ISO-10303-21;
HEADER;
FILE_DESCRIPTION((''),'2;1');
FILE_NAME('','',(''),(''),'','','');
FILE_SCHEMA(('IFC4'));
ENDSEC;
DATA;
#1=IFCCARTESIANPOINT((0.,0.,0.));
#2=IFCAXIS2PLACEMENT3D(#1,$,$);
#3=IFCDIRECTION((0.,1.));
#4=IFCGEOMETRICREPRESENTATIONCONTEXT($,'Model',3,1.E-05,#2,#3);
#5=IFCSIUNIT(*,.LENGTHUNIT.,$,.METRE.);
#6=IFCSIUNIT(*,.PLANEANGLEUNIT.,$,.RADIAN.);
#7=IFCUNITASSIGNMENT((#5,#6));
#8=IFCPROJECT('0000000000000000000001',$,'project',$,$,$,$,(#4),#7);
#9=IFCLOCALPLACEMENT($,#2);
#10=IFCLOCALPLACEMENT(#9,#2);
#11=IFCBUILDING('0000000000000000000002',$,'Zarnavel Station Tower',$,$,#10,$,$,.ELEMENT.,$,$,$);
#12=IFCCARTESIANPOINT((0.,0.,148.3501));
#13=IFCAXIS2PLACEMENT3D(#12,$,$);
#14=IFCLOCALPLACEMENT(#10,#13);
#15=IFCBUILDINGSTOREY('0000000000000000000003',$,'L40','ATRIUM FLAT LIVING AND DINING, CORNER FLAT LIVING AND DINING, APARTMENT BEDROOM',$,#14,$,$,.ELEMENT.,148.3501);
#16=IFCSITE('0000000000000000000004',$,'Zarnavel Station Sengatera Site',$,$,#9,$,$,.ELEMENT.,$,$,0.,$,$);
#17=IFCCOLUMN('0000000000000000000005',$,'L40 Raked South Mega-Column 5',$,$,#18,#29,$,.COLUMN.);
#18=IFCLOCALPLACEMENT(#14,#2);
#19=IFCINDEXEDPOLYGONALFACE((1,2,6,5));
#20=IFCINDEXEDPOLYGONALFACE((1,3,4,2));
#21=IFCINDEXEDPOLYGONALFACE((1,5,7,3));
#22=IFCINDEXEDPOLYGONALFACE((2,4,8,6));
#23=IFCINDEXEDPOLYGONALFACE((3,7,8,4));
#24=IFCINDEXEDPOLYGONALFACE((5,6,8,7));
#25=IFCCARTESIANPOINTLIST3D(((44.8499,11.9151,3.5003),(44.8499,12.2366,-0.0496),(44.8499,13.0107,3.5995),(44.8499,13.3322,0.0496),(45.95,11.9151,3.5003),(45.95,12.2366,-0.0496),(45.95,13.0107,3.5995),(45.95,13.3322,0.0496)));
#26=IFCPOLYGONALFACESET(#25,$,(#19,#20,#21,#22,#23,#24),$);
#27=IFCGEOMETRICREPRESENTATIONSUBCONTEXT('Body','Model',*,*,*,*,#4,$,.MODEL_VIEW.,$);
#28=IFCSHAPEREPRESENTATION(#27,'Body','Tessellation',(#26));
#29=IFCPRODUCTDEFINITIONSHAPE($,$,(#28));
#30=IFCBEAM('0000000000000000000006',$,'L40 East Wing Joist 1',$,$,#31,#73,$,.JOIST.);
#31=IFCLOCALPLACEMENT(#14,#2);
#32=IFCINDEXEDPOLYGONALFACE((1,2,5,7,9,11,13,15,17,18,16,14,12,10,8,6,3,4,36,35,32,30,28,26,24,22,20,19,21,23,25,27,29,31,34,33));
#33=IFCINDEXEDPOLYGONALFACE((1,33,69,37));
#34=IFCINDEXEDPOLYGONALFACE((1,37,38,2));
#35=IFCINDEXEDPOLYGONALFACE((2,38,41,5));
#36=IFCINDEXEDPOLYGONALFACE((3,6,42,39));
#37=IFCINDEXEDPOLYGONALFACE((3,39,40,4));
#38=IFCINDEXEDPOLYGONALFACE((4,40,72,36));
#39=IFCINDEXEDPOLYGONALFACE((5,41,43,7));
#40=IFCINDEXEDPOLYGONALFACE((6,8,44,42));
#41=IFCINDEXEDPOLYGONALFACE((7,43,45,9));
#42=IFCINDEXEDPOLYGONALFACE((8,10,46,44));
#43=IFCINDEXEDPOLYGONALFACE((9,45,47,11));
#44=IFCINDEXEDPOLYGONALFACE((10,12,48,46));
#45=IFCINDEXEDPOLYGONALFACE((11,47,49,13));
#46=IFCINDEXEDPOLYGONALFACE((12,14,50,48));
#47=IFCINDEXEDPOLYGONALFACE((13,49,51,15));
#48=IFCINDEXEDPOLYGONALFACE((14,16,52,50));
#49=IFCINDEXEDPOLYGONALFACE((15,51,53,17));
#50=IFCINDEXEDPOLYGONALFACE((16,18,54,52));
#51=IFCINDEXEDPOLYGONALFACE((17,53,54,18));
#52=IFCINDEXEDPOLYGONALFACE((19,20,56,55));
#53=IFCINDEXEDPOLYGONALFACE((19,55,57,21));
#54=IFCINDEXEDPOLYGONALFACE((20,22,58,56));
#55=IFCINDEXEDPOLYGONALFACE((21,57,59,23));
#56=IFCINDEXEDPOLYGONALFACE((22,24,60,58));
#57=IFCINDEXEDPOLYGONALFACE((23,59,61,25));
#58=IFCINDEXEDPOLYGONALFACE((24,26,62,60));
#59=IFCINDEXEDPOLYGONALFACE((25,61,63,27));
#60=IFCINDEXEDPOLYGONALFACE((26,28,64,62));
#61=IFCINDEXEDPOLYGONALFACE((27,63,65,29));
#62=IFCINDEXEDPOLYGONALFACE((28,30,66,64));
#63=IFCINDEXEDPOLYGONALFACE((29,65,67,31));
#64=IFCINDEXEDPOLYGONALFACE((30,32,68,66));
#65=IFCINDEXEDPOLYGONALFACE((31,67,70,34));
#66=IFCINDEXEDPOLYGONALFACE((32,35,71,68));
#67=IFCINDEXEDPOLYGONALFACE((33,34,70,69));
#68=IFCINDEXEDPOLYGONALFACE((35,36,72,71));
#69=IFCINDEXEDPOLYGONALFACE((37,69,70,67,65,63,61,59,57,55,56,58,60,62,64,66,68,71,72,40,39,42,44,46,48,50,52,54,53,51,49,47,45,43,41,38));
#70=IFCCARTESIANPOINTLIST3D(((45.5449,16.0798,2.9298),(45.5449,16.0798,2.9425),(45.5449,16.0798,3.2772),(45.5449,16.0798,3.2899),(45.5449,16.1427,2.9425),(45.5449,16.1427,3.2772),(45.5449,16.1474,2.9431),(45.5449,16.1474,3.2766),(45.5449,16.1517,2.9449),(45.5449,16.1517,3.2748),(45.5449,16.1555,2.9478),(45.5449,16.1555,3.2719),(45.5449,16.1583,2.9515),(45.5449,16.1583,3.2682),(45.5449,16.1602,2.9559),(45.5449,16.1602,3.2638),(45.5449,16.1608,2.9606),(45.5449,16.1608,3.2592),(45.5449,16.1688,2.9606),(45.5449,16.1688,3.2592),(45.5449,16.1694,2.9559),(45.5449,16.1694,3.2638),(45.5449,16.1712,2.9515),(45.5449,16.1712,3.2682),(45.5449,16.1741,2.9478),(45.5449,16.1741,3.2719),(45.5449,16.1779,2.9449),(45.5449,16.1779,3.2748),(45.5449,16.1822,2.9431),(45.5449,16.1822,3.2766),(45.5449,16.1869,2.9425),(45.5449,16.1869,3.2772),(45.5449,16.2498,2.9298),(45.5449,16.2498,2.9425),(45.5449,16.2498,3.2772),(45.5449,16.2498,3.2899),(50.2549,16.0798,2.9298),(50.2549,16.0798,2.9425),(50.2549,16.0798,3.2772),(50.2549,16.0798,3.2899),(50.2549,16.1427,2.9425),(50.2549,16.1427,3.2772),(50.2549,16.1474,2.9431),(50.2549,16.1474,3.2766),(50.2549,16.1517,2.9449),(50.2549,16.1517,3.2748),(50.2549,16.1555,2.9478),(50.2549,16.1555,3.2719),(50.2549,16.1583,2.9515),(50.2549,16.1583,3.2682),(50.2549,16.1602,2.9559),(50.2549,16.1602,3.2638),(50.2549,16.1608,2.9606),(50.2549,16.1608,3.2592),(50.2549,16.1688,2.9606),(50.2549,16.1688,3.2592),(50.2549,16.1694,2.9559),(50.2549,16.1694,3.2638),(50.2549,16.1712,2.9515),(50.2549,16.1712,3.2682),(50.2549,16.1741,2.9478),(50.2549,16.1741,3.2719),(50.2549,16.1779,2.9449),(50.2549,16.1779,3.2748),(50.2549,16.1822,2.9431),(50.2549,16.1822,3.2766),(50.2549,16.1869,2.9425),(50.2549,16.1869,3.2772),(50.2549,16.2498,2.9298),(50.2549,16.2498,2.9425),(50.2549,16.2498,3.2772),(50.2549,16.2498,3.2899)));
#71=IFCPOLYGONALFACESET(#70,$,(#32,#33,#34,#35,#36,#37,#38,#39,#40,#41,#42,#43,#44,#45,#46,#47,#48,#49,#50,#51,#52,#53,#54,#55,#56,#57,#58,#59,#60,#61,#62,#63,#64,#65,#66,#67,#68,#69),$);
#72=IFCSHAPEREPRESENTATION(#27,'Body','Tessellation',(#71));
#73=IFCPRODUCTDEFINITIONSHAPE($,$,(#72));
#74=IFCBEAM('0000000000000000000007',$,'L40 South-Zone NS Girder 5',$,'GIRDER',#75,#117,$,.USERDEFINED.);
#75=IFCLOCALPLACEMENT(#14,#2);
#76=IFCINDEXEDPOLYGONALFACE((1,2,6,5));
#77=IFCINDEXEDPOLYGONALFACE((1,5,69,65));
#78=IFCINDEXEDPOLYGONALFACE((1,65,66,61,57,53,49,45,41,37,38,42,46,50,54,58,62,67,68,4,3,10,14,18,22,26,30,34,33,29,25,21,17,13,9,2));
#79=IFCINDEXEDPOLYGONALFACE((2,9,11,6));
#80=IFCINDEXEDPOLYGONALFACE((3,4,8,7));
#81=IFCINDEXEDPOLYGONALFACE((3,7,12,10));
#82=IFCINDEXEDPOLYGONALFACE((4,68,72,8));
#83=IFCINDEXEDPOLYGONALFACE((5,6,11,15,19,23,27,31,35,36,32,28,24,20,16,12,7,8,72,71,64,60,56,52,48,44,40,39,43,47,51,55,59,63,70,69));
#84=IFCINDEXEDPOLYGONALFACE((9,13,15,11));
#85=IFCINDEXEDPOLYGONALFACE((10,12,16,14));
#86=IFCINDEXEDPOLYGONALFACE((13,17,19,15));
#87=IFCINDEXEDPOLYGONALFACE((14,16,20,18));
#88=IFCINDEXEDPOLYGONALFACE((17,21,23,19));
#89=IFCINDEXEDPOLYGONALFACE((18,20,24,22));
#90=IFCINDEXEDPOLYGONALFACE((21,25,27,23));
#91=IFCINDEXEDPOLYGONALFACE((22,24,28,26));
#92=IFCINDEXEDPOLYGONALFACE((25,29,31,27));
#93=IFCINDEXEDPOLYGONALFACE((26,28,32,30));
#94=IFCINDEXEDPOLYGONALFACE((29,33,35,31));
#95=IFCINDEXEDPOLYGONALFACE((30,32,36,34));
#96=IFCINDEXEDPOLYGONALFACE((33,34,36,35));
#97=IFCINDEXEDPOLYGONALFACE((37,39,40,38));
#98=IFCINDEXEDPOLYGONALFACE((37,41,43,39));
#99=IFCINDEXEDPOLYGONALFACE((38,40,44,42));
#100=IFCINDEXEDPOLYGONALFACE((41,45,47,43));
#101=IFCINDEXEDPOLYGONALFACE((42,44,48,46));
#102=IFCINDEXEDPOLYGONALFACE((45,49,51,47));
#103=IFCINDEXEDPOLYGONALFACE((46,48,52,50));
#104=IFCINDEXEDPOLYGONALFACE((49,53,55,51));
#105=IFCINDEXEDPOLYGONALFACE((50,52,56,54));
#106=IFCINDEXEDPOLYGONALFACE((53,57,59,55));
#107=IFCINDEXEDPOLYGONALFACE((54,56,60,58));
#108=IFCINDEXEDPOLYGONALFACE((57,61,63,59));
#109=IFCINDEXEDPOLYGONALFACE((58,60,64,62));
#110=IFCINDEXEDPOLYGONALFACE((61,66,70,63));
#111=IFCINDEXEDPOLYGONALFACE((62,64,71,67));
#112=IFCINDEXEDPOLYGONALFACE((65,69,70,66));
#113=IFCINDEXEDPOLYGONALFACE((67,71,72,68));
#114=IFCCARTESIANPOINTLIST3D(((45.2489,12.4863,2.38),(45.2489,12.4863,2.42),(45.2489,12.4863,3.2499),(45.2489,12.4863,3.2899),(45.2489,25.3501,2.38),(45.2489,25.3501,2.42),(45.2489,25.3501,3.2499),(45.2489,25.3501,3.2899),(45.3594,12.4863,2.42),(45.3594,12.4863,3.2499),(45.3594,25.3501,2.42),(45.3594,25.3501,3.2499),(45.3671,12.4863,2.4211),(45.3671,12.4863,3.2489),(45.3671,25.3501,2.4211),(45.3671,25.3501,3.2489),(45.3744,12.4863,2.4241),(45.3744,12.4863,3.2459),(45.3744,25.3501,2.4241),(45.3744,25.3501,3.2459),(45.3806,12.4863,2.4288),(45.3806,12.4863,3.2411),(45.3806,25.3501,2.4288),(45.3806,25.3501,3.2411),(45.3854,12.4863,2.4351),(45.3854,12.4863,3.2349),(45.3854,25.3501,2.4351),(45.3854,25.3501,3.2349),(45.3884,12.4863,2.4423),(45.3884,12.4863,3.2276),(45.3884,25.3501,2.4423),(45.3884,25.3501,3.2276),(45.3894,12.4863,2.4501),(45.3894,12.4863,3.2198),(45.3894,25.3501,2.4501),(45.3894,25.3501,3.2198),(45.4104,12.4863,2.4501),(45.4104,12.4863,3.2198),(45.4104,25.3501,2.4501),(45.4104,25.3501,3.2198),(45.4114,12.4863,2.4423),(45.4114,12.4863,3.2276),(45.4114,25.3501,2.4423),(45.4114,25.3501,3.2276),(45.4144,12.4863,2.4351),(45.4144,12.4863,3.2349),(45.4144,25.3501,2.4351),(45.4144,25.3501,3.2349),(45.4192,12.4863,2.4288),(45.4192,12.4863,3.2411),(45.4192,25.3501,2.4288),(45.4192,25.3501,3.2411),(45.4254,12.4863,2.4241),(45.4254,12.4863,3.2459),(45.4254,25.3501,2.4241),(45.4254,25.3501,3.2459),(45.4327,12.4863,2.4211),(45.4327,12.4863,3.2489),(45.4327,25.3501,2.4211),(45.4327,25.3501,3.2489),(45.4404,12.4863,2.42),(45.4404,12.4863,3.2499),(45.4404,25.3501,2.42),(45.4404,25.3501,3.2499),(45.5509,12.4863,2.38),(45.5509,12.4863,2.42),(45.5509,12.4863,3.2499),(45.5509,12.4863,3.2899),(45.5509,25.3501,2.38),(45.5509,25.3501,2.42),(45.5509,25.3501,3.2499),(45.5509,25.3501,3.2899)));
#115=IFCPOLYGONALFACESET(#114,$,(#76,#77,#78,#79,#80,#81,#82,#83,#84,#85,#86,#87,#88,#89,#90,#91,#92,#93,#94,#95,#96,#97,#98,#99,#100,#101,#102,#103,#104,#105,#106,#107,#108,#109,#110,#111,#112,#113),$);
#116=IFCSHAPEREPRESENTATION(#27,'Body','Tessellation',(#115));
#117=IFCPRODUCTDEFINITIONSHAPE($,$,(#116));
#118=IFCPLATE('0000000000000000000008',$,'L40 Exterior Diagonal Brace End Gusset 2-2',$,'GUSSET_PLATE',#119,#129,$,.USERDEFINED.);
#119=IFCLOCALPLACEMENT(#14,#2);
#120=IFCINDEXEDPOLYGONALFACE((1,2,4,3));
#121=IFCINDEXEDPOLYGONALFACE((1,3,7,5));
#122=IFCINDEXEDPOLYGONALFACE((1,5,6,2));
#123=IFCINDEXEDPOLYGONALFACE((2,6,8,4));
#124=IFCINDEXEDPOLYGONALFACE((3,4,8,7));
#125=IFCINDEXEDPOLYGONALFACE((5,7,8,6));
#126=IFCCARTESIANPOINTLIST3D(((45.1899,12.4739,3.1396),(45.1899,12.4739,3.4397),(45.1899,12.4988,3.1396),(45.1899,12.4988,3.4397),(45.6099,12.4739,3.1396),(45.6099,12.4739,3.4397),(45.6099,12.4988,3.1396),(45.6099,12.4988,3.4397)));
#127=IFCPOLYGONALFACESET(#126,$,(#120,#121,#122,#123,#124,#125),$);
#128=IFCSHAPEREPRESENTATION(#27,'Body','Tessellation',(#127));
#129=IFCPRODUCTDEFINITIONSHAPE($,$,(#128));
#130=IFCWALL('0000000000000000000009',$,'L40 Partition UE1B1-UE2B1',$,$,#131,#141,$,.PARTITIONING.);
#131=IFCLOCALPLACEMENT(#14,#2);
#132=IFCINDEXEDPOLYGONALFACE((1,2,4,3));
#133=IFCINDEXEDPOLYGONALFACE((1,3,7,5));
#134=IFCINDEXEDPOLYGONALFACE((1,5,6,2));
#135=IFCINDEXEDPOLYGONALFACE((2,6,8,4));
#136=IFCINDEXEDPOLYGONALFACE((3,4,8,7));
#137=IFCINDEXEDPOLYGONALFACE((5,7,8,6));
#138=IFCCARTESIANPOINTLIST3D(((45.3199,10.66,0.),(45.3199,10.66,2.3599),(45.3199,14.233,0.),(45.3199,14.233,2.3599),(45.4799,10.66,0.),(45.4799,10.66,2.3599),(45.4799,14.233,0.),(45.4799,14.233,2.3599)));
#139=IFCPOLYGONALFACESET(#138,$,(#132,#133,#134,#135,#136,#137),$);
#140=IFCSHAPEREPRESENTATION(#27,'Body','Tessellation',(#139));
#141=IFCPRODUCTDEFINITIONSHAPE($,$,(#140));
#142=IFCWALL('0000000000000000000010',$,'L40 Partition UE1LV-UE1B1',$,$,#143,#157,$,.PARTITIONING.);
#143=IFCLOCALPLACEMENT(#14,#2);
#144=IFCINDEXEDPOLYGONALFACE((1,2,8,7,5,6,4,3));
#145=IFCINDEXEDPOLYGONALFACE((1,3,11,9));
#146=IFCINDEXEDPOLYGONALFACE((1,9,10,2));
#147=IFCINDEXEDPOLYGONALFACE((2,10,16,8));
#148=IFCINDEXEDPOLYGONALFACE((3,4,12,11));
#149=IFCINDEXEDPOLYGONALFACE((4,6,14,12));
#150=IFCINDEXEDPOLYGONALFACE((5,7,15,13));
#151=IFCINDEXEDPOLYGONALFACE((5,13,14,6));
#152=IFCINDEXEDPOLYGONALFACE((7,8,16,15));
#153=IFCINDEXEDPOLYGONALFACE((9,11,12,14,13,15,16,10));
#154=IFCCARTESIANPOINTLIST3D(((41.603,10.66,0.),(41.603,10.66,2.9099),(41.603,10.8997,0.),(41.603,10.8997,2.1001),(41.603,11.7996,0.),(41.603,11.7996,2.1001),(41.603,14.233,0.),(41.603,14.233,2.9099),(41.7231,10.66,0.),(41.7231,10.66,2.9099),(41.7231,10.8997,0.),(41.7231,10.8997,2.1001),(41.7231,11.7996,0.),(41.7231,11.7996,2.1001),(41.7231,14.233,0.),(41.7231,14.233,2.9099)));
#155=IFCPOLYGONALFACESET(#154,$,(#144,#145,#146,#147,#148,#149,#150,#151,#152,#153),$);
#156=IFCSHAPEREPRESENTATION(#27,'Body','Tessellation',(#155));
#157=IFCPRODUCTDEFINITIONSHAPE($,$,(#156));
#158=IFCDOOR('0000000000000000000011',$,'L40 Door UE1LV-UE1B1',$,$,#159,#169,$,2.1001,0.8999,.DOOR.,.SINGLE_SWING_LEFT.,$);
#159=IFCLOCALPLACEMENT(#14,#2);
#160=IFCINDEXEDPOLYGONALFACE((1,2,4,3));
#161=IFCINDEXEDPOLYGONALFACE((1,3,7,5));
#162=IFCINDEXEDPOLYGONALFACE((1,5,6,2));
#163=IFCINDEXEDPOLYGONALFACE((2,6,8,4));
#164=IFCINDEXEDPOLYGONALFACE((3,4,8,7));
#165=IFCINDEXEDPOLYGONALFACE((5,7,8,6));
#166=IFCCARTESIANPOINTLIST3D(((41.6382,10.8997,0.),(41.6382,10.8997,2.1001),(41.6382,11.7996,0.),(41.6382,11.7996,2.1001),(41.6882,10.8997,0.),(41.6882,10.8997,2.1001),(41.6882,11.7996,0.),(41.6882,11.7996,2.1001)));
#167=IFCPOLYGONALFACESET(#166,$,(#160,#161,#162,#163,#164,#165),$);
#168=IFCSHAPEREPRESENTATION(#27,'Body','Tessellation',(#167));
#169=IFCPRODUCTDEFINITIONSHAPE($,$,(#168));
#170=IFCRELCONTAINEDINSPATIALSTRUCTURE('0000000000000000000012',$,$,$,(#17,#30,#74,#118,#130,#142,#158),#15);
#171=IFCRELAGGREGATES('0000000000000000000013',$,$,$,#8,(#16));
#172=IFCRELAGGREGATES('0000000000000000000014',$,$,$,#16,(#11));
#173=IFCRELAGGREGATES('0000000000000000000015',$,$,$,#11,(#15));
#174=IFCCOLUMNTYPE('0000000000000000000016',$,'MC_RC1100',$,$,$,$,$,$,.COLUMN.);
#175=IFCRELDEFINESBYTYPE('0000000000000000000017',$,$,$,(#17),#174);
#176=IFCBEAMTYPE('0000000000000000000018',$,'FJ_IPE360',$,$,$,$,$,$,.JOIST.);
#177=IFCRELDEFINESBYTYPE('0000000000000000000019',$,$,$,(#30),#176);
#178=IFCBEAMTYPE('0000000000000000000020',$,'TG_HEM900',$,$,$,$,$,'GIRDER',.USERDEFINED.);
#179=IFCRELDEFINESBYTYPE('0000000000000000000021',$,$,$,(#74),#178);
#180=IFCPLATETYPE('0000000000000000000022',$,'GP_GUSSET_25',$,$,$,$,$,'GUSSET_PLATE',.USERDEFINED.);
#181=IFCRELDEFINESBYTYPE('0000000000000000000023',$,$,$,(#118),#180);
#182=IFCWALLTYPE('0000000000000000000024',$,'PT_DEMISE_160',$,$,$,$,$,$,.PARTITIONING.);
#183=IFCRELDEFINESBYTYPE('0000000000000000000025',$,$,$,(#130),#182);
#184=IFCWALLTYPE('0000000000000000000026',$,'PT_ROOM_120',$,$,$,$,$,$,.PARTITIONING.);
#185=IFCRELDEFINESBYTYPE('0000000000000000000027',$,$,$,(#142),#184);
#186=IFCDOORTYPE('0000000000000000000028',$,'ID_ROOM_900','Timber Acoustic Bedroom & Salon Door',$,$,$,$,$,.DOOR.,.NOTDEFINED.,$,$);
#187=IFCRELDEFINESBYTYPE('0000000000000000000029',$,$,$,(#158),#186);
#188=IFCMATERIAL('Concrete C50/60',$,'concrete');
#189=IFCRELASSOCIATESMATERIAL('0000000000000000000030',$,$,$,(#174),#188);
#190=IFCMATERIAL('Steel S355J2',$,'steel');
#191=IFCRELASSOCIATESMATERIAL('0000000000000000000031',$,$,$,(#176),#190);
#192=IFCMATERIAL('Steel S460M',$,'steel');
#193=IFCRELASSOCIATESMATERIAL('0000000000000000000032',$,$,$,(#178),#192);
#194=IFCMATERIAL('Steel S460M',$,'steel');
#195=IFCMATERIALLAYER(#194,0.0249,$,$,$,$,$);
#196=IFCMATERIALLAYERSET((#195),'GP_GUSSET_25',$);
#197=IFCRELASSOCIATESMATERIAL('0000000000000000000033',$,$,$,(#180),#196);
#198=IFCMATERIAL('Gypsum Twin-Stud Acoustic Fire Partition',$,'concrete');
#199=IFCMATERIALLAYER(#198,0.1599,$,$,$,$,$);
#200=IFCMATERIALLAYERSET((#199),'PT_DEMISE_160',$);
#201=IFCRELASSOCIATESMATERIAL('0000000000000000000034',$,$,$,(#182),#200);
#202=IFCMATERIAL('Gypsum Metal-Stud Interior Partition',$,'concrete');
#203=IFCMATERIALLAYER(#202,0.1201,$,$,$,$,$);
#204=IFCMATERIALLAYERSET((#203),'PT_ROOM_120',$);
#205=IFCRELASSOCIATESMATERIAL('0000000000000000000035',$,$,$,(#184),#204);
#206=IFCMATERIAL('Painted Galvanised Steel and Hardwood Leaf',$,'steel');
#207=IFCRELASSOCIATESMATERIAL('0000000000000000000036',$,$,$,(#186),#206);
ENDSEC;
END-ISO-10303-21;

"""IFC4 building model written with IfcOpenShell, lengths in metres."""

from ifc_helpers import new_model, si_unit, direction, frame, frame_2d, origin, origin_2d, place, context, subcontext, project, spatial, rectangle, i_section, extrude, material, layer, layer_set, material_profile, profile_set, type_object, element, fill, save


model = new_model("IFC4")

# Units and contexts
model_context = context("Model", 3, precision=1e-05, world=origin(), true_north=direction((0.0, 1.0)))
body_context = subcontext(model_context, "Body", "Model", "MODEL_VIEW")
ifc_project = project(units=[si_unit("LENGTHUNIT", "METRE"), si_unit("PLANEANGLEUNIT", "RADIAN")], contexts=[model_context])

# Site, building, storey
site_placement = place(None, origin())
site = spatial("IfcSite", under=ifc_project, at=site_placement, Name="Zarnavel Station Sengatera Site", CompositionType="ELEMENT", RefElevation=0.0)
building_placement = place(site_placement, origin())
building = spatial("IfcBuilding", under=site, at=building_placement, Name="Zarnavel Station Tower", CompositionType="ELEMENT")
storey_placement = place(building_placement, frame((0.0, 0.0, 148.3501)))
storey = spatial("IfcBuildingStorey", under=building, at=storey_placement, Name="L40", Description="ATRIUM FLAT LIVING AND DINING, CORNER FLAT LIVING AND DINING, APARTMENT BEDROOM", CompositionType="ELEMENT", Elevation=148.3501)

# Column
ifc_material_1 = material(Name="Concrete C50/60", Category="concrete")
ifc_material_profile_1 = material_profile(ifc_material_1, rectangle(XDim=1.1001, YDim=1.1001, at=origin_2d()), Name="RC1100x1100")
ifc_profile_set_1 = profile_set([ifc_material_profile_1], Name="Concrete C50/60")
column_type = type_object("IfcColumnType", Name="MC_RC1100", PredefinedType="COLUMN", material=ifc_profile_set_1)
column_placement = place(storey_placement, frame((45.3999, 12.7844, 0.0), z_axis=(0.0, -0.090208, 0.995923), x_axis=(1.0, 0.0, 0.0)))
element("IfcColumn", 1, at=column_placement, inside=storey, type_object=column_type, Name="L40 Raked South Mega-Column 5", PredefinedType="COLUMN", context=body_context, shape_type="SweptSolid", body=[
    extrude(rectangle(XDim=1.1001, YDim=1.1001, at=origin_2d()), origin(), (0.0, 0.0, 1.0), 3.5645),
])

# Beams
ifc_material_2 = material(Name="Steel S355J2", Category="steel")
ifc_material_profile_2 = material_profile(ifc_material_2, i_section(OverallWidth=0.1699, OverallDepth=0.3601, WebThickness=0.0081, FlangeThickness=0.0127, FilletRadius=0.0181, at=origin_2d()), Name="IPE360")
ifc_profile_set_2 = profile_set([ifc_material_profile_2], Name="Steel S355J2")
beam_type_1 = type_object("IfcBeamType", Name="FJ_IPE360", PredefinedType="JOIST", material=ifc_profile_set_2)
beam_1_placement = place(storey_placement, frame((45.5449, 16.1648, 3.1099), z_axis=(1.0, 0.0, 0.0), x_axis=(0.0, 1.0, 0.0)))
element("IfcBeam", 2, at=beam_1_placement, inside=storey, type_object=beam_type_1, Name="L40 East Wing Joist 1", PredefinedType="JOIST", context=body_context, shape_type="SweptSolid", body=[
    extrude(i_section(OverallWidth=0.1699, OverallDepth=0.3601, WebThickness=0.0081, FlangeThickness=0.0127, FilletRadius=0.0181, at=origin_2d()), origin(), (0.0, 0.0, 1.0), 4.71),
])
ifc_material_3 = material(Name="Steel S460M", Category="steel")
ifc_material_profile_3 = material_profile(ifc_material_3, i_section(OverallWidth=0.302, OverallDepth=0.9099, WebThickness=0.021, FlangeThickness=0.04, FilletRadius=0.03, at=origin_2d()), Name="HEM900")
ifc_profile_set_3 = profile_set([ifc_material_profile_3], Name="Steel S460M")
beam_type_2 = type_object("IfcBeamType", Name="TG_HEM900", ElementType="GIRDER", PredefinedType="USERDEFINED", material=ifc_profile_set_3)
beam_2_placement = place(storey_placement, frame((45.3999, 12.4863, 2.835), z_axis=(0.0, 1.0, 0.0), x_axis=(-1.0, 0.0, 0.0)))
element("IfcBeam", 3, at=beam_2_placement, inside=storey, type_object=beam_type_2, Name="L40 South-Zone NS Girder 5", ObjectType="GIRDER", PredefinedType="USERDEFINED", context=body_context, shape_type="SweptSolid", body=[
    extrude(i_section(OverallWidth=0.302, OverallDepth=0.9099, WebThickness=0.021, FlangeThickness=0.04, FilletRadius=0.03, at=origin_2d()), origin(), (0.0, 0.0, 1.0), 12.8638),
])

# Plate
ifc_material_4 = material(Name="Steel S460M", Category="steel")
ifc_layer_1 = layer(ifc_material_4, 0.0249)
ifc_layer_set_1 = layer_set([ifc_layer_1], Name="GP_GUSSET_25")
plate_type = type_object("IfcPlateType", Name="GP_GUSSET_25", ElementType="GUSSET_PLATE", PredefinedType="USERDEFINED", material=ifc_layer_set_1)
plate_placement = place(storey_placement, frame((45.3999, 12.4863, 3.1396), z_axis=(0.0, 0.0, 1.0), x_axis=(1.0, 0.0, 0.0)))
element("IfcPlate", 4, at=plate_placement, inside=storey, type_object=plate_type, Name="L40 Exterior Diagonal Brace End Gusset 2-2", ObjectType="GUSSET_PLATE", PredefinedType="USERDEFINED", context=body_context, shape_type="SweptSolid", body=[
    extrude(rectangle(XDim=0.4199, YDim=0.0249, at=origin_2d()), origin(), (0.0, 0.0, 1.0), 0.3),
])

# Wall
ifc_material_5 = material(Name="Gypsum Twin-Stud Acoustic Fire Partition", Category="concrete")
ifc_layer_2 = layer(ifc_material_5, 0.1599)
ifc_layer_set_2 = layer_set([ifc_layer_2], Name="PT_DEMISE_160")
wall_type_1 = type_object("IfcWallType", Name="PT_DEMISE_160", PredefinedType="PARTITIONING", material=ifc_layer_set_2)
wall_1_placement = place(storey_placement, frame((45.3999, 10.6599, 0.0), z_axis=(0.0, 0.0, 1.0), x_axis=(0.0, 1.0, 0.0)))
element("IfcWall", 5, at=wall_1_placement, inside=storey, type_object=wall_type_1, Name="L40 Partition UE1B1-UE2B1", PredefinedType="PARTITIONING", context=body_context, shape_type="SweptSolid", body=[
    extrude(rectangle(XDim=3.573, YDim=0.1599, at=frame_2d((1.7866, 0.0))), origin(), (0.0, 0.0, 1.0), 2.3599),
])

# Wall, opening, door
ifc_material_6 = material(Name="Gypsum Metal-Stud Interior Partition", Category="concrete")
ifc_layer_3 = layer(ifc_material_6, 0.1201)
ifc_layer_set_3 = layer_set([ifc_layer_3], Name="PT_ROOM_120")
wall_type_2 = type_object("IfcWallType", Name="PT_ROOM_120", PredefinedType="PARTITIONING", material=ifc_layer_set_3)
wall_2_placement = place(storey_placement, frame((41.6631, 10.6599, 0.0), z_axis=(0.0, 0.0, 1.0), x_axis=(0.0, 1.0, 0.0)))
wall_2 = element("IfcWall", 6, at=wall_2_placement, inside=storey, type_object=wall_type_2, Name="L40 Partition UE1LV-UE1B1", PredefinedType="PARTITIONING", context=body_context, shape_type="SweptSolid", body=[
    extrude(rectangle(XDim=3.573, YDim=0.1201, at=frame_2d((1.7866, 0.0))), origin(), (0.0, 0.0, 1.0), 2.9099),
])
opening_1_placement = place(wall_2_placement, frame((0.2397, 0.0, 0.0)))
opening_1 = element("IfcOpeningElement", 7, at=opening_1_placement, cuts=wall_2, PredefinedType="OPENING", context=body_context, shape_type="SweptSolid", body=[
    extrude(rectangle(XDim=0.8999, YDim=2.1001, at=frame_2d((0.45, 1.05))), frame((0.0, 0.0701, 0.0), z_axis=(0.0, -1.0, 0.0), x_axis=(1.0, 0.0, 0.0)), (0.0, 0.0, 1.0), 0.1401),
])
ifc_material_7 = material(Name="Painted Galvanised Steel and Hardwood Leaf", Category="steel")
door_type_1 = type_object("IfcDoorType", Name="ID_ROOM_900", Description="Timber Acoustic Bedroom & Salon Door", OperationType="NOTDEFINED", PredefinedType="DOOR", material=ifc_material_7)
door_1_placement = place(opening_1_placement, origin())
door_1 = element("IfcDoor", 8, at=door_1_placement, inside=storey, type_object=door_type_1, Name="L40 Door UE1LV-UE1B1", OperationType="SINGLE_SWING_LEFT", OverallHeight=2.1001, OverallWidth=0.8999, PredefinedType="DOOR", context=body_context, shape_type="SweptSolid", body=[
    extrude(rectangle(XDim=0.8999, YDim=2.1001, at=frame_2d((0.45, 1.05))), frame((0.0, 0.0249, 0.0), z_axis=(0.0, -1.0, 0.0), x_axis=(1.0, 0.0, 0.0)), (0.0, 0.0, 1.0), 0.05),
])
fill(opening_1, door_1)

save(model, "model.ifc")
